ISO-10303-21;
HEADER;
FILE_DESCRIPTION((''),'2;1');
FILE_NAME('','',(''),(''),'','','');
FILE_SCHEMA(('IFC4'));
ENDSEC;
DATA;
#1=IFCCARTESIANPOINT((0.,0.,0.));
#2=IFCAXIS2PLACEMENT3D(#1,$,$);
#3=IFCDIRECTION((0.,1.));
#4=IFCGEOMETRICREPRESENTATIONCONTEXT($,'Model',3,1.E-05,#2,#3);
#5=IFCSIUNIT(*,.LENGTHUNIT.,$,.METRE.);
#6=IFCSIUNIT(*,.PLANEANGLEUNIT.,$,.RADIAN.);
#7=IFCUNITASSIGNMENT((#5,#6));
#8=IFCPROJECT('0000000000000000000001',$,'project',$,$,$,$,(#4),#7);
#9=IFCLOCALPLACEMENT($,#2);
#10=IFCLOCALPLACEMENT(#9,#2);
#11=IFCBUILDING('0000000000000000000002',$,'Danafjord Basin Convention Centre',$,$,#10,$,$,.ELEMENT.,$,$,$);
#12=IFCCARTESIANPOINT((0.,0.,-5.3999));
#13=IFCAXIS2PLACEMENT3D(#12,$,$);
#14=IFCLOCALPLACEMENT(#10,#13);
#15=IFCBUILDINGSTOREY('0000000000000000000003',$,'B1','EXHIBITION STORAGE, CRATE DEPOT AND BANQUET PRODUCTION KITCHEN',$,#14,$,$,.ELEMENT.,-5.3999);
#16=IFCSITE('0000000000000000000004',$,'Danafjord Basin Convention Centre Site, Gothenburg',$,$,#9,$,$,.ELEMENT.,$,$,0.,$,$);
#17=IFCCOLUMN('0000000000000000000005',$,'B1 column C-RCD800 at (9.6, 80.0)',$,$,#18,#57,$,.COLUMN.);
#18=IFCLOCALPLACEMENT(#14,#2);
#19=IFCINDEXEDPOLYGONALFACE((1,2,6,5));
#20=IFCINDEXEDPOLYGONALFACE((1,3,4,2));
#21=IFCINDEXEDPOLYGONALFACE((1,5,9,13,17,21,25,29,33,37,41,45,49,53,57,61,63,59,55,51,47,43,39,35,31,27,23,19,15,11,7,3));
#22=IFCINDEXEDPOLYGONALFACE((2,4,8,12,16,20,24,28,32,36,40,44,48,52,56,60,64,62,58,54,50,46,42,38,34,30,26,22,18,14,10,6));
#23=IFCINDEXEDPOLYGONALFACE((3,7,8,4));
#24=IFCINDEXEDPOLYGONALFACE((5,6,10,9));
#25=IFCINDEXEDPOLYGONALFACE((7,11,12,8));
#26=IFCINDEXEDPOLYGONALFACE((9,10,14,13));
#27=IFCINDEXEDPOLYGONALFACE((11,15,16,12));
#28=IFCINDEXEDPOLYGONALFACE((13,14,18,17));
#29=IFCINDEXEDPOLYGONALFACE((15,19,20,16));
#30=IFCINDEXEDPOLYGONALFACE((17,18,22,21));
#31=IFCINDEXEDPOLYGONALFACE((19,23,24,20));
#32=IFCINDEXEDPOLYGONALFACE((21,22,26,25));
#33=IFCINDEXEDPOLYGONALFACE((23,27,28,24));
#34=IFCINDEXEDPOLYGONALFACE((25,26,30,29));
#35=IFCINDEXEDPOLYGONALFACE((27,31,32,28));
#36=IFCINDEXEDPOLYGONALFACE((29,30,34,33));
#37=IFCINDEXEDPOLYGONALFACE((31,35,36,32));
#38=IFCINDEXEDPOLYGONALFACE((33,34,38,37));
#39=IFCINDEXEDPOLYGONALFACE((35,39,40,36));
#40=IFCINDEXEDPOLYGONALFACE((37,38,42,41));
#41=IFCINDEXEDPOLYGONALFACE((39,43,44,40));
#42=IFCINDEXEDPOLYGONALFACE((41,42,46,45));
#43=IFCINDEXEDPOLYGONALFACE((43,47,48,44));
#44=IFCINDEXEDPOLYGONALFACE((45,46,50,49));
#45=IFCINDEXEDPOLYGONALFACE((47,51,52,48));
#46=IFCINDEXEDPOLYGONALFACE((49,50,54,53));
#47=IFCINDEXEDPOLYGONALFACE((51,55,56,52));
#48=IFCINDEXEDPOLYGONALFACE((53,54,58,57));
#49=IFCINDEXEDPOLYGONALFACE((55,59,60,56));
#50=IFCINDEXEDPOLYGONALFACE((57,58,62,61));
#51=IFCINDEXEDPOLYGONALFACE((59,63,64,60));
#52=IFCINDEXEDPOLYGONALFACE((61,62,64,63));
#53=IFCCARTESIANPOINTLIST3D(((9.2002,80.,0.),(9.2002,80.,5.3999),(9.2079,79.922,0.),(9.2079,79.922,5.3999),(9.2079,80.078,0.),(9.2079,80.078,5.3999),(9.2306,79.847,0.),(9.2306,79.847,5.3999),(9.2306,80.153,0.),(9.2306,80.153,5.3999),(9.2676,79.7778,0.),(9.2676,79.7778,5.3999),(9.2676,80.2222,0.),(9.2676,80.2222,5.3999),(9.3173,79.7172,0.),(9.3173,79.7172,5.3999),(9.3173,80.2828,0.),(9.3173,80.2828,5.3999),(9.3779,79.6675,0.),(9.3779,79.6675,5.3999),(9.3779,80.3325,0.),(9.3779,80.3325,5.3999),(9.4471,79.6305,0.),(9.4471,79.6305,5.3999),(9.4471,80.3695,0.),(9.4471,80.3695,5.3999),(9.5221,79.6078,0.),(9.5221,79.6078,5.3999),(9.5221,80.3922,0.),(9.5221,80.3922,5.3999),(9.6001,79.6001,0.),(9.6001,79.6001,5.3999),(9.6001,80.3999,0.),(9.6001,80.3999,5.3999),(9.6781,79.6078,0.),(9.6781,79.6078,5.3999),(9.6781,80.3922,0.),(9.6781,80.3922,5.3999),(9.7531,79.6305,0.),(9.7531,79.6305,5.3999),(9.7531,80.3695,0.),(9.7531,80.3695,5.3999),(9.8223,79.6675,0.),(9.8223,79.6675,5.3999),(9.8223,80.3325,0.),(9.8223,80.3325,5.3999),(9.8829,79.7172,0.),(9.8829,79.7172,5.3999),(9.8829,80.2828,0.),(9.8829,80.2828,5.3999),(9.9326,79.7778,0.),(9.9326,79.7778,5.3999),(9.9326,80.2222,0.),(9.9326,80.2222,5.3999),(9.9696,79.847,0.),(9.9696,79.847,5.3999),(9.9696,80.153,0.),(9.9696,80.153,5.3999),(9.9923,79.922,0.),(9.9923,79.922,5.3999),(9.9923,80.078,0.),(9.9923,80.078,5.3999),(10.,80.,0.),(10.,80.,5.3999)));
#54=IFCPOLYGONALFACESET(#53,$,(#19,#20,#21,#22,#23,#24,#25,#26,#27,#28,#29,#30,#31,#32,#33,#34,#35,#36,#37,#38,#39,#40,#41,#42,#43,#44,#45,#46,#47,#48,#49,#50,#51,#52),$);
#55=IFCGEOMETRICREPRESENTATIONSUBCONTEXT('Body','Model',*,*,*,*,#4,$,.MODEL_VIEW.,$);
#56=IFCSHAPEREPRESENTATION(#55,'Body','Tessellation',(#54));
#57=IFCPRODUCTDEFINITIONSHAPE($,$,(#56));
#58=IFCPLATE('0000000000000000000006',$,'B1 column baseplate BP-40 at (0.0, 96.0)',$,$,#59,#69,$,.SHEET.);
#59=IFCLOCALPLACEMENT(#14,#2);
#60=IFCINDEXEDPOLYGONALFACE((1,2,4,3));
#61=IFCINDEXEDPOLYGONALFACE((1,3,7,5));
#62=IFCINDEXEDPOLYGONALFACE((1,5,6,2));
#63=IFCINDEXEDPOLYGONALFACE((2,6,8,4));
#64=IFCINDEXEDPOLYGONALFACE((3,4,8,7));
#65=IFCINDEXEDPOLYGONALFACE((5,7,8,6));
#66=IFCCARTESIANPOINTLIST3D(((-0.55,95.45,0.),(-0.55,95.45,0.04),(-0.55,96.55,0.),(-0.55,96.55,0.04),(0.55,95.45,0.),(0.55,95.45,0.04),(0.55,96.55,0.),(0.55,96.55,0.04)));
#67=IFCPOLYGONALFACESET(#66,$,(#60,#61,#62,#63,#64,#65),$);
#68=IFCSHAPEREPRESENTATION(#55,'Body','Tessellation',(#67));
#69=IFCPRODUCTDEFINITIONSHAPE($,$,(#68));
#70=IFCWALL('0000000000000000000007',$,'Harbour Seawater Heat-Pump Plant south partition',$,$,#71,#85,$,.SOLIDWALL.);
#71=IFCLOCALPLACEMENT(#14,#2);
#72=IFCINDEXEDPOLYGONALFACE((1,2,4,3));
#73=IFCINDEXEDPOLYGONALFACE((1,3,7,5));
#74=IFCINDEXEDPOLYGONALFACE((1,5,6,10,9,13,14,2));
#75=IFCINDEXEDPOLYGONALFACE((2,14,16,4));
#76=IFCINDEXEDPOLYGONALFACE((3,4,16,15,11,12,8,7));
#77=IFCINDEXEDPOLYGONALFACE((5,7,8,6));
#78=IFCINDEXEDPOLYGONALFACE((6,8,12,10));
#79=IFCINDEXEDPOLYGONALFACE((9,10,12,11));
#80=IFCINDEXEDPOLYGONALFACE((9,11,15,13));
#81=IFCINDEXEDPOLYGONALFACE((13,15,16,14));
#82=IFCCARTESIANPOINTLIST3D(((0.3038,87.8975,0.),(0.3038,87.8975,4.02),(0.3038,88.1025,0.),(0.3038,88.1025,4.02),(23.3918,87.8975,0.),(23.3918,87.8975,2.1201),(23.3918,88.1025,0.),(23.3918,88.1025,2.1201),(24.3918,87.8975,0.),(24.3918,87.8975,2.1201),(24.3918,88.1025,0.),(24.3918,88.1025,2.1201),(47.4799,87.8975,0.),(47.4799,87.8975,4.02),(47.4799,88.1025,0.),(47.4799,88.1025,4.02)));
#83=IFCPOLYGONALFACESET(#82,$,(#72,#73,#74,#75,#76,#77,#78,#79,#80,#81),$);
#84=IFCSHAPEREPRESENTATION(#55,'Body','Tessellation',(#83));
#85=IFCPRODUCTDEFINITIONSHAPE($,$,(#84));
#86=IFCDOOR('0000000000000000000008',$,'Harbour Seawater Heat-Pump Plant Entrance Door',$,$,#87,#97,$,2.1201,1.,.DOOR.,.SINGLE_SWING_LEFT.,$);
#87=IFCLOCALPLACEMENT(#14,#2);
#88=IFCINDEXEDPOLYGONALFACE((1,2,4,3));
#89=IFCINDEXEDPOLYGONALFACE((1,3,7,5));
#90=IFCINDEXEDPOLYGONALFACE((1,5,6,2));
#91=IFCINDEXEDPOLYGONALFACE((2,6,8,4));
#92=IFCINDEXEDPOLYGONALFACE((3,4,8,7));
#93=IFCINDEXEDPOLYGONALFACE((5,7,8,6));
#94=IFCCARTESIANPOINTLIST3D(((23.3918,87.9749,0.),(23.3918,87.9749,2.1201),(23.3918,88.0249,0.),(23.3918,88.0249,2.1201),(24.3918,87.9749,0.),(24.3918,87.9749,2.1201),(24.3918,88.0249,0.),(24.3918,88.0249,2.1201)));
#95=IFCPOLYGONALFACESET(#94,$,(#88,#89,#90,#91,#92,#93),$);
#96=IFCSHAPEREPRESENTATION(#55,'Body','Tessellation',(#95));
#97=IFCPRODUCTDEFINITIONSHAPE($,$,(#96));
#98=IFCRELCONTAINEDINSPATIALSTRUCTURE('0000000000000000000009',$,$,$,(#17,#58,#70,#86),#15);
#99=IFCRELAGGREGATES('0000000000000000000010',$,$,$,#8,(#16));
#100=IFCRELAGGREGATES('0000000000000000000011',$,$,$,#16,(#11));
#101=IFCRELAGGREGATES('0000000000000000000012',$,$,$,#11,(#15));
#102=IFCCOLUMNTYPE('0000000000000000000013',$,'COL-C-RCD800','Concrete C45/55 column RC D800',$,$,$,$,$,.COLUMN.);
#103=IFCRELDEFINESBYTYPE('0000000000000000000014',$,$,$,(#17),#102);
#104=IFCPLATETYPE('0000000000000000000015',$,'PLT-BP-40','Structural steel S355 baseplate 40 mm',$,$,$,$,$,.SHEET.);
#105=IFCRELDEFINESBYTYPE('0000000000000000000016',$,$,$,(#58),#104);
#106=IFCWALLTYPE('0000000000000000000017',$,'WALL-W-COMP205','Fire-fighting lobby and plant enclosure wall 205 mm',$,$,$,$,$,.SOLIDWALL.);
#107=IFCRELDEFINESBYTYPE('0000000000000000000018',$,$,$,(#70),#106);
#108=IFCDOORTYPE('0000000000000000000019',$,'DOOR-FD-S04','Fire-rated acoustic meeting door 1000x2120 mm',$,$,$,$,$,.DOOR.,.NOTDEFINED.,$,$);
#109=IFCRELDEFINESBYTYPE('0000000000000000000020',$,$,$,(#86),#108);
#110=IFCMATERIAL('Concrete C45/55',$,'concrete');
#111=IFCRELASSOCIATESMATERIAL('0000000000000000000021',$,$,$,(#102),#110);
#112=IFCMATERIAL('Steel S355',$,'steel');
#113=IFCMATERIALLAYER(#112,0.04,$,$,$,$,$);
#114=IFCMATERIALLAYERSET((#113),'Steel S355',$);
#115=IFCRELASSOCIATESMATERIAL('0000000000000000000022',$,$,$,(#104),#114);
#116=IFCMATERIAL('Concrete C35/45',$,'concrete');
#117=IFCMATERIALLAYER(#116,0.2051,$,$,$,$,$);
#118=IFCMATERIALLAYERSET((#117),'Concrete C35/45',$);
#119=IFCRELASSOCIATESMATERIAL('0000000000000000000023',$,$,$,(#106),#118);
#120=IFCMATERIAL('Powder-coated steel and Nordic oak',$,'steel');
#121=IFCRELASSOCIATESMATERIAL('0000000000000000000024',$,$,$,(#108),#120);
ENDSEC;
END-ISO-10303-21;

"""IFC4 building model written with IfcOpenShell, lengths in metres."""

from ifc_helpers import new_model, si_unit, direction, frame, frame_2d, origin, origin_2d, place, context, subcontext, project, spatial, rectangle, circle, extrude, material, layer, layer_set, material_profile, profile_set, type_object, element, fill, save


model = new_model("IFC4")

# Units and contexts
model_context = context("Model", 3, precision=1e-05, world=origin(), true_north=direction((0.0, 1.0)))
body_context = subcontext(model_context, "Body", "Model", "MODEL_VIEW")
ifc_project = project(units=[si_unit("LENGTHUNIT", "METRE"), si_unit("PLANEANGLEUNIT", "RADIAN")], contexts=[model_context])

# Site, building, storey
site_placement = place(None, origin())
site = spatial("IfcSite", under=ifc_project, at=site_placement, Name="Danafjord Basin Convention Centre Site, Gothenburg", CompositionType="ELEMENT", RefElevation=0.0)
building_placement = place(site_placement, origin())
building = spatial("IfcBuilding", under=site, at=building_placement, Name="Danafjord Basin Convention Centre", CompositionType="ELEMENT")
storey_placement = place(building_placement, frame((0.0, 0.0, -5.3999)))
storey = spatial("IfcBuildingStorey", under=building, at=storey_placement, Name="B1", Description="EXHIBITION STORAGE, CRATE DEPOT AND BANQUET PRODUCTION KITCHEN", CompositionType="ELEMENT", Elevation=-5.3999)

# Shared definitions
ifc_material_1 = material(Name="Concrete C35/45", Category="concrete")

# Column
ifc_material_2 = material(Name="Concrete C45/55", Category="concrete")
ifc_material_profile_1 = material_profile(ifc_material_2, circle(Radius=0.3999, at=origin_2d()), Name="RC D800")
ifc_profile_set_1 = profile_set([ifc_material_profile_1], Name="Concrete C45/55")
column_type_1 = type_object("IfcColumnType", Name="COL-C-RCD800", Description="Concrete C45/55 column RC D800", PredefinedType="COLUMN", material=ifc_profile_set_1)
column_1_placement = place(storey_placement, frame((9.6001, 80.0, 0.0), z_axis=(0.0, 0.0, 1.0), x_axis=(1.0, 0.0, 0.0)))
element("IfcColumn", 1, at=column_1_placement, inside=storey, type_object=column_type_1, Name="B1 column C-RCD800 at (9.6, 80.0)", PredefinedType="COLUMN", context=body_context, shape_type="SweptSolid", body=[
    extrude(circle(Radius=0.3999, at=origin_2d()), origin(), (0.0, 0.0, 1.0), 5.3999),
])

# Plate
ifc_material_3 = material(Name="Steel S355", Category="steel")
ifc_layer_1 = layer(ifc_material_3, 0.04)
ifc_layer_set_1 = layer_set([ifc_layer_1], Name="Steel S355")
plate_type = type_object("IfcPlateType", Name="PLT-BP-40", Description="Structural steel S355 baseplate 40 mm", PredefinedType="SHEET", material=ifc_layer_set_1)
plate_placement = place(storey_placement, frame((0.0, 96.0, 0.0), z_axis=(0.0, 0.0, 1.0), x_axis=(1.0, 0.0, 0.0)))
element("IfcPlate", 2, at=plate_placement, inside=storey, type_object=plate_type, Name="B1 column baseplate BP-40 at (0.0, 96.0)", PredefinedType="SHEET", context=body_context, shape_type="SweptSolid", body=[
    extrude(rectangle(XDim=1.1001, YDim=1.1001, at=origin_2d()), origin(), (0.0, 0.0, 1.0), 0.04),
])

# Wall, opening, door
ifc_layer_2 = layer(ifc_material_1, 0.2051)
ifc_layer_set_2 = layer_set([ifc_layer_2], Name="Concrete C35/45")
wall_type = type_object("IfcWallType", Name="WALL-W-COMP205", Description="Fire-fighting lobby and plant enclosure wall 205 mm", PredefinedType="SOLIDWALL", material=ifc_layer_set_2)
wall_placement = place(storey_placement, frame((0.304, 88.0, 0.0), z_axis=(0.0, 0.0, 1.0), x_axis=(1.0, 0.0, 0.0)))
wall = element("IfcWall", 3, at=wall_placement, inside=storey, type_object=wall_type, Name="Harbour Seawater Heat-Pump Plant south partition", PredefinedType="SOLIDWALL", context=body_context, shape_type="SweptSolid", body=[
    extrude(rectangle(XDim=47.176, YDim=0.2051, at=frame_2d((23.5879, 0.0))), origin(), (0.0, 0.0, 1.0), 4.02),
])
opening_placement = place(wall_placement, frame((23.0879, 0.0, 0.0)))
opening = element("IfcOpeningElement", 4, at=opening_placement, cuts=wall, PredefinedType="OPENING", context=body_context, shape_type="SweptSolid", body=[
    extrude(rectangle(XDim=1.0, YDim=2.1201, at=frame_2d((0.5, 1.0601))), frame((0.0, 0.1125, 0.0), z_axis=(0.0, -1.0, 0.0), x_axis=(1.0, 0.0, 0.0)), (0.0, 0.0, 1.0), 0.2251),
])
ifc_material_4 = material(Name="Powder-coated steel and Nordic oak", Category="steel")
door_type = type_object("IfcDoorType", Name="DOOR-FD-S04", Description="Fire-rated acoustic meeting door 1000x2120 mm", OperationType="NOTDEFINED", PredefinedType="DOOR", material=ifc_material_4)
door_placement = place(opening_placement, origin())
door = element("IfcDoor", 5, at=door_placement, inside=storey, type_object=door_type, Name="Harbour Seawater Heat-Pump Plant Entrance Door", OperationType="SINGLE_SWING_LEFT", OverallHeight=2.1201, OverallWidth=1.0, PredefinedType="DOOR", context=body_context, shape_type="SweptSolid", body=[
    extrude(rectangle(XDim=1.0, YDim=2.1201, at=frame_2d((0.5, 1.0601))), frame((0.0, 0.0249, 0.0), z_axis=(0.0, -1.0, 0.0), x_axis=(1.0, 0.0, 0.0)), (0.0, 0.0, 1.0), 0.05),
])
fill(opening, door)

save(model, "model.ifc")
